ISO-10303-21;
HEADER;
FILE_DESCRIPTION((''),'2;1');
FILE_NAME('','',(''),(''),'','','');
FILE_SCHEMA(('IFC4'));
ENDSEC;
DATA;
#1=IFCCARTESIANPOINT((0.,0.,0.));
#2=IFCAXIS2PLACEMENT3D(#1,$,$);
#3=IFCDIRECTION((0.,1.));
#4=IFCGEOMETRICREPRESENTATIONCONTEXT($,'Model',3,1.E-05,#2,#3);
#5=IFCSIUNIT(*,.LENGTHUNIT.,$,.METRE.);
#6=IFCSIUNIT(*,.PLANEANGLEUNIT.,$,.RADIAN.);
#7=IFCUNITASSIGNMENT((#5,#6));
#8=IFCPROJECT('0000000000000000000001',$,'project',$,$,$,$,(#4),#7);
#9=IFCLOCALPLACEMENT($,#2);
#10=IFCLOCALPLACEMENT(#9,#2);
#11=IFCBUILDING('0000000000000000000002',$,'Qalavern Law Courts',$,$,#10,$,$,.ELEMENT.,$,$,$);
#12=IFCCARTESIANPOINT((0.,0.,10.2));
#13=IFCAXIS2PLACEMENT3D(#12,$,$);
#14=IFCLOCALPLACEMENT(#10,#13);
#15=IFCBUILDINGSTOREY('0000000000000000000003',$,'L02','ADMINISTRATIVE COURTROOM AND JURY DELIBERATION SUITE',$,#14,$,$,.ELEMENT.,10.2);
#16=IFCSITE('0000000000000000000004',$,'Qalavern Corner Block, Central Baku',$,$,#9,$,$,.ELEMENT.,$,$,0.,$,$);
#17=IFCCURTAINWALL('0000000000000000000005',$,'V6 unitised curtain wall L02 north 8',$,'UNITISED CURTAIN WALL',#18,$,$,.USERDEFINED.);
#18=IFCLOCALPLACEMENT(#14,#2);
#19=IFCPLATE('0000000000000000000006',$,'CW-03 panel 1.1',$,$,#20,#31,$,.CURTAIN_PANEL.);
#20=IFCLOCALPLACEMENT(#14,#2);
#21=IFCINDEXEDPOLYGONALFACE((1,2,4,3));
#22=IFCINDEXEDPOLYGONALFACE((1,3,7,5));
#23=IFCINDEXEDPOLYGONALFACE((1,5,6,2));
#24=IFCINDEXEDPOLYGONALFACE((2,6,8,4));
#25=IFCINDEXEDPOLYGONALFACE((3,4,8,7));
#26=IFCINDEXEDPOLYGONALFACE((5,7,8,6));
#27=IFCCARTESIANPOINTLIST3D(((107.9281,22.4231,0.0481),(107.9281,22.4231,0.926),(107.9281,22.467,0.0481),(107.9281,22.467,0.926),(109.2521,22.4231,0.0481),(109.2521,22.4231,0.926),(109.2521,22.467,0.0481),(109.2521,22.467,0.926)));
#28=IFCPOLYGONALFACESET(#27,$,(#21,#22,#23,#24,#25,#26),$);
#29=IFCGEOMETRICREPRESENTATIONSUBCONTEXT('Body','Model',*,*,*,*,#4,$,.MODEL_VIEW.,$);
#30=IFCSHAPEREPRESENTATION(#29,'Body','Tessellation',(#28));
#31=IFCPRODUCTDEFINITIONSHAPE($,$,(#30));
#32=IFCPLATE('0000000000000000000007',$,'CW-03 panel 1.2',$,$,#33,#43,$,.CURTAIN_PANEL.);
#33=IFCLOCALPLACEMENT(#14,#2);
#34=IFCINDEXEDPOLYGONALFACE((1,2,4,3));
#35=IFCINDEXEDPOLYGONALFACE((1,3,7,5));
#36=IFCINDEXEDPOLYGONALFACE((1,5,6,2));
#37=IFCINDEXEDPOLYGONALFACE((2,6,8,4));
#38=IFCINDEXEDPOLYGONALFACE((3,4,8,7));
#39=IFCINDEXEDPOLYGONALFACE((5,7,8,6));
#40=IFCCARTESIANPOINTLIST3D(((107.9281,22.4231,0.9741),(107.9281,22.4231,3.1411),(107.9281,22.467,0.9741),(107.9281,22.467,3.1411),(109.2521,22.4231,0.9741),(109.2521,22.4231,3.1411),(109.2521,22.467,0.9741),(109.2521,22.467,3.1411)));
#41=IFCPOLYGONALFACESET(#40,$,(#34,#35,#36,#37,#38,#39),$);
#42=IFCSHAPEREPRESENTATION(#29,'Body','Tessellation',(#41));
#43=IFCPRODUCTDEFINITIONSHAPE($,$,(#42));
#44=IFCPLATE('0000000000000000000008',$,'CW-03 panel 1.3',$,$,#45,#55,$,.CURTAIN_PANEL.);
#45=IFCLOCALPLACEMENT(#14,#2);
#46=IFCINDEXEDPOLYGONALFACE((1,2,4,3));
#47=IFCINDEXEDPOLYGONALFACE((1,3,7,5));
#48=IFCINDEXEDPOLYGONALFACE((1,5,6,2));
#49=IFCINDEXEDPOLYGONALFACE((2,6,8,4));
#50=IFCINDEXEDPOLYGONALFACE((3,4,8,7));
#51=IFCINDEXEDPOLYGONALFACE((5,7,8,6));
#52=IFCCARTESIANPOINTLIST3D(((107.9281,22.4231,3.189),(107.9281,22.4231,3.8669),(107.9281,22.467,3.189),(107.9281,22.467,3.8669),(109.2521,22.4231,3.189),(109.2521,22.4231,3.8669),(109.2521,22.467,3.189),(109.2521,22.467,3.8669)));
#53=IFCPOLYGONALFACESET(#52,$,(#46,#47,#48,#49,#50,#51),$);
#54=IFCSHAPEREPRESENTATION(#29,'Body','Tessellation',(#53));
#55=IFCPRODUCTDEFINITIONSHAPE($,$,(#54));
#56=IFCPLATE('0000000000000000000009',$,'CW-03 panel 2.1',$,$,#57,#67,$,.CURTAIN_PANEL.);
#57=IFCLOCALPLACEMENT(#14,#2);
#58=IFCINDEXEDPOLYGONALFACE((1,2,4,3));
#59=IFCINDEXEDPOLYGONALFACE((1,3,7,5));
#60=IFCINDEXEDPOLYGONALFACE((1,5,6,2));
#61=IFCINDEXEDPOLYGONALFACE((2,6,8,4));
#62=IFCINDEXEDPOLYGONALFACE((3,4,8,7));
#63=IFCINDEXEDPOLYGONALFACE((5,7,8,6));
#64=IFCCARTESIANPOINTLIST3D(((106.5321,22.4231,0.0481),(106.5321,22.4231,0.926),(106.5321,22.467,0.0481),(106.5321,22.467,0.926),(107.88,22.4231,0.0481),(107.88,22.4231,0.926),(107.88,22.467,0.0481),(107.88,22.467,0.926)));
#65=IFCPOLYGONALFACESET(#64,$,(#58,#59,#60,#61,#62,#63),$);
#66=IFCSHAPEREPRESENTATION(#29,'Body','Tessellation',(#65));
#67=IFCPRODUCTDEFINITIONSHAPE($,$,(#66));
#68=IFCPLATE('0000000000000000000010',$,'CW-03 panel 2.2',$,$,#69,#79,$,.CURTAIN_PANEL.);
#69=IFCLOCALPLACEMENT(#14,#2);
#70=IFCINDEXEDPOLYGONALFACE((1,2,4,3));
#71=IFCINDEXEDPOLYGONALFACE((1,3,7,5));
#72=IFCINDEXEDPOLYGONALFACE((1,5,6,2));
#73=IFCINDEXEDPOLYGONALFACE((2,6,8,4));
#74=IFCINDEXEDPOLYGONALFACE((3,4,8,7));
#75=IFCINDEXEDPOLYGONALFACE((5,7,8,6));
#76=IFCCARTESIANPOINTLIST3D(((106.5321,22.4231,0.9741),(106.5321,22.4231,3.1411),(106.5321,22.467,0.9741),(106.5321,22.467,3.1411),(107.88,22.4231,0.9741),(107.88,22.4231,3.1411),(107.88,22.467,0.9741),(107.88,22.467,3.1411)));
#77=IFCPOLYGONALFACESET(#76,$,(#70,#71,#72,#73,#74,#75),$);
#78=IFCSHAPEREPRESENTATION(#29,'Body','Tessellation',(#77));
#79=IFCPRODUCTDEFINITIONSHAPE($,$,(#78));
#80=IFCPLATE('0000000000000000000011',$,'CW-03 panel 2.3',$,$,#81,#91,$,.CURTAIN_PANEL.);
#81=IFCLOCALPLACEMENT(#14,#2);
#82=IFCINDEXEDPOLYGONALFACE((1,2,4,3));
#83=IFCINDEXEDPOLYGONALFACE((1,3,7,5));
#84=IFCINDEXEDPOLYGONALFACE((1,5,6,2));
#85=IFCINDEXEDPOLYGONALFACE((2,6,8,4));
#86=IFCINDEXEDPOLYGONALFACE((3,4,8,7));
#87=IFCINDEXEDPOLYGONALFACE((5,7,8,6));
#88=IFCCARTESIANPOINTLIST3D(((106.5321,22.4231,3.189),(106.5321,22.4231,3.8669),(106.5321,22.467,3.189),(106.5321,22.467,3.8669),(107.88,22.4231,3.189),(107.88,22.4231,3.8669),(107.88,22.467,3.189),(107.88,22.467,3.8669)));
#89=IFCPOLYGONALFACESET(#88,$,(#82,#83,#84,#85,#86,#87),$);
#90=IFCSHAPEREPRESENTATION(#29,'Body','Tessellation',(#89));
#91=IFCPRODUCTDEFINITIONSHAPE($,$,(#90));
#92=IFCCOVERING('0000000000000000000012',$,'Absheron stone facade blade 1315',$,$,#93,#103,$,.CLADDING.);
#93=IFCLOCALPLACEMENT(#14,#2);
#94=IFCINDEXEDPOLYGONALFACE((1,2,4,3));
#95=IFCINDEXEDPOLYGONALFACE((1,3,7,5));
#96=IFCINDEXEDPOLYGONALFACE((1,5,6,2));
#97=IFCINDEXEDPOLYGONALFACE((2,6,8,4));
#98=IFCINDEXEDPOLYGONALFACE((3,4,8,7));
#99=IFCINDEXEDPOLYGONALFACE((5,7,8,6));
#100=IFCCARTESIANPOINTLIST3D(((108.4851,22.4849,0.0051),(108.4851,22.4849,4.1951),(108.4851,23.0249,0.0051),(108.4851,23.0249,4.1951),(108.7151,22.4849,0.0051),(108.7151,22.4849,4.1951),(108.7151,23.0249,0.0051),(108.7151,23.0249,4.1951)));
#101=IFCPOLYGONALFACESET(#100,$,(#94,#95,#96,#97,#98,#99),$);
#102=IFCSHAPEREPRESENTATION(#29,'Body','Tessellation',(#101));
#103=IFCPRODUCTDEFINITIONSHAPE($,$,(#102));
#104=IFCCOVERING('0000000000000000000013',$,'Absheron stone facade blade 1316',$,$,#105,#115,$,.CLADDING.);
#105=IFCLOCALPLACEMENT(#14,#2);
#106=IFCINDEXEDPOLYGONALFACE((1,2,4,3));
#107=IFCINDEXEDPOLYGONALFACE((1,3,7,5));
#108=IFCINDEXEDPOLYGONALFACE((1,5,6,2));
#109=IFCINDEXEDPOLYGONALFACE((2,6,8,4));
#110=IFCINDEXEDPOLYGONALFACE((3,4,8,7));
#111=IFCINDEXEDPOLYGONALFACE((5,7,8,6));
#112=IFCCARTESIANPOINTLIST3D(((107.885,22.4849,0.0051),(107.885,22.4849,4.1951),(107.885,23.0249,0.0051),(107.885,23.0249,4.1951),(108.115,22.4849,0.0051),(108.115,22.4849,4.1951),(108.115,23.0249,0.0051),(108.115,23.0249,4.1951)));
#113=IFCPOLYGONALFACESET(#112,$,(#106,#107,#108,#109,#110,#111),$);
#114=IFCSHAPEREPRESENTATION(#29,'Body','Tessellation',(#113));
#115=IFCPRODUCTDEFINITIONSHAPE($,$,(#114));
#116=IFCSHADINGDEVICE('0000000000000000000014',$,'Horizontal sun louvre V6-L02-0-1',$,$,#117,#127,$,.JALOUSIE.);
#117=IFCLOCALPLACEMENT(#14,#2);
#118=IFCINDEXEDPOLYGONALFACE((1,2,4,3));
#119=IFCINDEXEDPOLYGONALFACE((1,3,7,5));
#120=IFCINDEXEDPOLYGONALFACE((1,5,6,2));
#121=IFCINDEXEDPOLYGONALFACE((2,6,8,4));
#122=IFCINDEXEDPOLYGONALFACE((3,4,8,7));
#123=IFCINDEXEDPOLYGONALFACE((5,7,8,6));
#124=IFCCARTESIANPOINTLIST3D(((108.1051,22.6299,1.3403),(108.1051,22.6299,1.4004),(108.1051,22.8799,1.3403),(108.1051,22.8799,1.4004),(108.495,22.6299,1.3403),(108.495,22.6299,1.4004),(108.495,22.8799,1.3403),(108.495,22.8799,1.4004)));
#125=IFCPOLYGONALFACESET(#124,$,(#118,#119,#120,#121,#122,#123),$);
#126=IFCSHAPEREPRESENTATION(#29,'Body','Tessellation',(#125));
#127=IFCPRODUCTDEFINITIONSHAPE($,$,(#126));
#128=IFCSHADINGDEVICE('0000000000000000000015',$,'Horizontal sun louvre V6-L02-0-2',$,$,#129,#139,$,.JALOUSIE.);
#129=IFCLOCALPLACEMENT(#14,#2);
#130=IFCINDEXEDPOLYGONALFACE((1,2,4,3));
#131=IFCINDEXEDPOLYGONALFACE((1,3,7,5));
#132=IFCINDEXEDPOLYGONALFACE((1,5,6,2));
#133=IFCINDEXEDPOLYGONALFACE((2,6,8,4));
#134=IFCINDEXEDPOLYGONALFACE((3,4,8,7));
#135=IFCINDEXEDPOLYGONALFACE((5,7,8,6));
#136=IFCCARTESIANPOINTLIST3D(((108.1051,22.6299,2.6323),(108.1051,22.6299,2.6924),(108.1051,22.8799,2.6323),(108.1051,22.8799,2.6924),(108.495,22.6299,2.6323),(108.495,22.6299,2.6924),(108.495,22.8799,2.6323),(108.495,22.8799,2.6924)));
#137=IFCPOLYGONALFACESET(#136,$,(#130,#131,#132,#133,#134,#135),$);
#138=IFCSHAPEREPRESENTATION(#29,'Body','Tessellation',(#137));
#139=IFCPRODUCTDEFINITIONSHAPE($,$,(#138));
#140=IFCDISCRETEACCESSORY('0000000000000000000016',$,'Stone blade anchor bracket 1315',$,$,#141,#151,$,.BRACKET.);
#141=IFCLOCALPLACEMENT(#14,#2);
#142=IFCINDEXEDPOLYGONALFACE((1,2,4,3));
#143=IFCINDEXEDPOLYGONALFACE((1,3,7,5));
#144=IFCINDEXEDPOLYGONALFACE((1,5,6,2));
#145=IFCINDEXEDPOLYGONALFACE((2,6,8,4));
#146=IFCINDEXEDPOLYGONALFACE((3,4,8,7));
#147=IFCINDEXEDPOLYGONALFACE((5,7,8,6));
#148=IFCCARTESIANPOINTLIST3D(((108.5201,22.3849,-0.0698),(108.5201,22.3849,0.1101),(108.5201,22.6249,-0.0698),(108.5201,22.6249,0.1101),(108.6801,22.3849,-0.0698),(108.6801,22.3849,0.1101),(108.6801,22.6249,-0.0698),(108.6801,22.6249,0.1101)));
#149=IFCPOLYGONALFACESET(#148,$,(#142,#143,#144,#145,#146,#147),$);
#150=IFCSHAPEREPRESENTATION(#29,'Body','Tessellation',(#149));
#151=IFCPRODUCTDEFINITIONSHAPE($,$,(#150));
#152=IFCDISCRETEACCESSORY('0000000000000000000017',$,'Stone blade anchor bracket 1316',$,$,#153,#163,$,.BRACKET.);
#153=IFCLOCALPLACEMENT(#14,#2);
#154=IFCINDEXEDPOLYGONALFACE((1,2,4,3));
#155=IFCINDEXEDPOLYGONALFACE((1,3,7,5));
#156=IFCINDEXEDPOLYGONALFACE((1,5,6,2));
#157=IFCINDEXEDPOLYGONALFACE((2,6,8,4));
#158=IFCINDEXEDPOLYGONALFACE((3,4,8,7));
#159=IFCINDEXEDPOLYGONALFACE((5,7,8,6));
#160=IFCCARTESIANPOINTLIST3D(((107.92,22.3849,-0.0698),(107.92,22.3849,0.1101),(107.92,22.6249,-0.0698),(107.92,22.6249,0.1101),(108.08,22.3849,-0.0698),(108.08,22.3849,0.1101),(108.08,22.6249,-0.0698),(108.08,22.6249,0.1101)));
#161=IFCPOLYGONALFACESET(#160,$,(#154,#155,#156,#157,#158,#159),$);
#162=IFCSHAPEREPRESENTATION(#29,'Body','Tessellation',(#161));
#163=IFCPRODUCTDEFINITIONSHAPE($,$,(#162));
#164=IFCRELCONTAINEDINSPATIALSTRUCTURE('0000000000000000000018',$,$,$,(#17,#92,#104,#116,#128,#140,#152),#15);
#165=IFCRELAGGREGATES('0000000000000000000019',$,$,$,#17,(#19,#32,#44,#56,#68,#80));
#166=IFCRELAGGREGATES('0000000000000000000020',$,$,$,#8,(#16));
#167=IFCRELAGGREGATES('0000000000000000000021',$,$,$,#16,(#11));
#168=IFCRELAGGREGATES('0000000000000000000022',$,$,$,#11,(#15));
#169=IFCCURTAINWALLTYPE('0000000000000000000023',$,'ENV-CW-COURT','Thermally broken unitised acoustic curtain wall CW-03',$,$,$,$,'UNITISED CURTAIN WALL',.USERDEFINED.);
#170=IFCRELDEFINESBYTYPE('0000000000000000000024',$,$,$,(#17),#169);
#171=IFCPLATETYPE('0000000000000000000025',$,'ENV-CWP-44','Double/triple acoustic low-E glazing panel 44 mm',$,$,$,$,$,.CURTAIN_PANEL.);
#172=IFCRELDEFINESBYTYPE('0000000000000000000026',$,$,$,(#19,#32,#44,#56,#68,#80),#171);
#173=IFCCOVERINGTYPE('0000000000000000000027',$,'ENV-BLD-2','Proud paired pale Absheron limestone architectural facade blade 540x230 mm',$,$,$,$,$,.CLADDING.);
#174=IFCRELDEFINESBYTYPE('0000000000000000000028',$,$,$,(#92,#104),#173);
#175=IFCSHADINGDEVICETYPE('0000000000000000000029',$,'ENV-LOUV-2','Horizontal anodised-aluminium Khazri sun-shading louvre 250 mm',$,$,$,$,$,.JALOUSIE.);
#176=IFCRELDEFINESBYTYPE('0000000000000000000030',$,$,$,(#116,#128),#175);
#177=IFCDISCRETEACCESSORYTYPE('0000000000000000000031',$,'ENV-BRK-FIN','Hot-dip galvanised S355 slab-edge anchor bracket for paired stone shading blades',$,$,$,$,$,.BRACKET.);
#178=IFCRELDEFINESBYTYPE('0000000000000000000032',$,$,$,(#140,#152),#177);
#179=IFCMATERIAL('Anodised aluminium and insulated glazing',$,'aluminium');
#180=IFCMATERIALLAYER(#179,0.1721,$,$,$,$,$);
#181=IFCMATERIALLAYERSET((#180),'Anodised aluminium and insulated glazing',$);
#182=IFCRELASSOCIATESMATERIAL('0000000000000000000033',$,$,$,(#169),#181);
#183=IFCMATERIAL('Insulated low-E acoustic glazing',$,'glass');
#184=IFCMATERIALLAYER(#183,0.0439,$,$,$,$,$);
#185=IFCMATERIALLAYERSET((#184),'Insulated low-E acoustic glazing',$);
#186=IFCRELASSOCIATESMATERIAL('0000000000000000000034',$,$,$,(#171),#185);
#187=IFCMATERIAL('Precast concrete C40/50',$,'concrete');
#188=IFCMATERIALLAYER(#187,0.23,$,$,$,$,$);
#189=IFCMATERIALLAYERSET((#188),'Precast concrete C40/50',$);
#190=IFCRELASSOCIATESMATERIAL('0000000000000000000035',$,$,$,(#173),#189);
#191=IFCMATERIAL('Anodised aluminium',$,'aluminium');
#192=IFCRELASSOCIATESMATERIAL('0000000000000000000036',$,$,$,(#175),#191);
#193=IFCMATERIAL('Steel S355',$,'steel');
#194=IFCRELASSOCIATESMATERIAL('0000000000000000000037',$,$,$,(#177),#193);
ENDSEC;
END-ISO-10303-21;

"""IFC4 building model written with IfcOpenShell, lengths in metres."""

from ifc_helpers import new_model, si_unit, direction, frame, origin, origin_2d, place, context, subcontext, project, spatial, rectangle, extrude, material, layer, layer_set, type_object, element, aggregate, save


model = new_model("IFC4")

# Units and contexts
model_context = context("Model", 3, precision=1e-05, world=origin(), true_north=direction((0.0, 1.0)))
body_context = subcontext(model_context, "Body", "Model", "MODEL_VIEW")
ifc_project = project(units=[si_unit("LENGTHUNIT", "METRE"), si_unit("PLANEANGLEUNIT", "RADIAN")], contexts=[model_context])

# Site, building, storey
site_placement = place(None, origin())
site = spatial("IfcSite", under=ifc_project, at=site_placement, Name="Qalavern Corner Block, Central Baku", CompositionType="ELEMENT", RefElevation=0.0)
building_placement = place(site_placement, origin())
building = spatial("IfcBuilding", under=site, at=building_placement, Name="Qalavern Law Courts", CompositionType="ELEMENT")
storey_placement = place(building_placement, frame((0.0, 0.0, 10.2)))
storey = spatial("IfcBuildingStorey", under=building, at=storey_placement, Name="L02", Description="ADMINISTRATIVE COURTROOM AND JURY DELIBERATION SUITE", CompositionType="ELEMENT", Elevation=10.2)

# Curtain wall, plates
ifc_material_1 = material(Name="Anodised aluminium and insulated glazing", Category="aluminium")
ifc_layer_1 = layer(ifc_material_1, 0.1721)
ifc_layer_set_1 = layer_set([ifc_layer_1], Name="Anodised aluminium and insulated glazing")
curtain_wall_type = type_object("IfcCurtainWallType", Name="ENV-CW-COURT", Description="Thermally broken unitised acoustic curtain wall CW-03", ElementType="UNITISED CURTAIN WALL", PredefinedType="USERDEFINED", material=ifc_layer_set_1)
curtain_wall_placement = place(storey_placement, origin())
curtain_wall = element("IfcCurtainWall", 1, at=curtain_wall_placement, inside=storey, type_object=curtain_wall_type, Name="V6 unitised curtain wall L02 north 8", ObjectType="UNITISED CURTAIN WALL", PredefinedType="USERDEFINED")
ifc_material_2 = material(Name="Anodised aluminium", Category="aluminium")
ifc_material_3 = material(Name="Insulated low-E acoustic glazing", Category="glass")
ifc_layer_2 = layer(ifc_material_3, 0.0439)
ifc_layer_set_2 = layer_set([ifc_layer_2], Name="Insulated low-E acoustic glazing")
plate_type = type_object("IfcPlateType", Name="ENV-CWP-44", Description="Double/triple acoustic low-E glazing panel 44 mm", PredefinedType="CURTAIN_PANEL", material=ifc_layer_set_2)
plate_1_placement = place(storey_placement, frame((108.5901, 22.4451, 0.0481), z_axis=(0.0, 0.0, 1.0), x_axis=(-1.0, 0.0, 0.0)))
plate_1 = element("IfcPlate", 2, at=plate_1_placement, type_object=plate_type, Name="CW-03 panel 1.1", PredefinedType="CURTAIN_PANEL", context=body_context, shape_type="SweptSolid", body=[
    extrude(rectangle(XDim=1.324, YDim=0.0439, at=origin_2d()), origin(), (0.0, 0.0, 1.0), 0.8779),
])
plate_2_placement = place(storey_placement, frame((108.5901, 22.4451, 0.9741), z_axis=(0.0, 0.0, 1.0), x_axis=(-1.0, 0.0, 0.0)))
plate_2 = element("IfcPlate", 3, at=plate_2_placement, type_object=plate_type, Name="CW-03 panel 1.2", PredefinedType="CURTAIN_PANEL", context=body_context, shape_type="SweptSolid", body=[
    extrude(rectangle(XDim=1.324, YDim=0.0439, at=origin_2d()), origin(), (0.0, 0.0, 1.0), 2.167),
])
plate_3_placement = place(storey_placement, frame((108.5901, 22.4451, 3.189), z_axis=(0.0, 0.0, 1.0), x_axis=(-1.0, 0.0, 0.0)))
plate_3 = element("IfcPlate", 4, at=plate_3_placement, type_object=plate_type, Name="CW-03 panel 1.3", PredefinedType="CURTAIN_PANEL", context=body_context, shape_type="SweptSolid", body=[
    extrude(rectangle(XDim=1.324, YDim=0.0439, at=origin_2d()), origin(), (0.0, 0.0, 1.0), 0.678),
])
plate_4_placement = place(storey_placement, frame((107.2061, 22.4451, 0.0481), z_axis=(0.0, 0.0, 1.0), x_axis=(-1.0, 0.0, 0.0)))
plate_4 = element("IfcPlate", 5, at=plate_4_placement, type_object=plate_type, Name="CW-03 panel 2.1", PredefinedType="CURTAIN_PANEL", context=body_context, shape_type="SweptSolid", body=[
    extrude(rectangle(XDim=1.3479, YDim=0.0439, at=origin_2d()), origin(), (0.0, 0.0, 1.0), 0.8779),
])
plate_5_placement = place(storey_placement, frame((107.2061, 22.4451, 0.9741), z_axis=(0.0, 0.0, 1.0), x_axis=(-1.0, 0.0, 0.0)))
plate_5 = element("IfcPlate", 6, at=plate_5_placement, type_object=plate_type, Name="CW-03 panel 2.2", PredefinedType="CURTAIN_PANEL", context=body_context, shape_type="SweptSolid", body=[
    extrude(rectangle(XDim=1.3479, YDim=0.0439, at=origin_2d()), origin(), (0.0, 0.0, 1.0), 2.167),
])
plate_6_placement = place(storey_placement, frame((107.2061, 22.4451, 3.189), z_axis=(0.0, 0.0, 1.0), x_axis=(-1.0, 0.0, 0.0)))
plate_6 = element("IfcPlate", 7, at=plate_6_placement, type_object=plate_type, Name="CW-03 panel 2.3", PredefinedType="CURTAIN_PANEL", context=body_context, shape_type="SweptSolid", body=[
    extrude(rectangle(XDim=1.3479, YDim=0.0439, at=origin_2d()), origin(), (0.0, 0.0, 1.0), 0.678),
])
aggregate(curtain_wall, [plate_1, plate_2, plate_3, plate_4, plate_5, plate_6])

# Coverings
ifc_material_4 = material(Name="Precast concrete C40/50", Category="concrete")
ifc_layer_3 = layer(ifc_material_4, 0.23)
ifc_layer_set_3 = layer_set([ifc_layer_3], Name="Precast concrete C40/50")
covering_type = type_object("IfcCoveringType", Name="ENV-BLD-2", Description="Proud paired pale Absheron limestone architectural facade blade 540x230 mm", PredefinedType="CLADDING", material=ifc_layer_set_3)
for number, where, z_axis, x_axis, name in (
    (8, (108.6001, 22.7549, 0.0051), (0.0, 0.0, 1.0), (0.0, 1.0, 0.0), "Absheron stone facade blade 1315"),
    (9, (108.0, 22.7549, 0.0051), (0.0, 0.0, 1.0), (0.0, 1.0, 0.0), "Absheron stone facade blade 1316"),
):
    element("IfcCovering", number, at=place(storey_placement, frame(where, z_axis=z_axis, x_axis=x_axis)), inside=storey, type_object=covering_type, Name=name, PredefinedType="CLADDING", context=body_context, shape_type="SweptSolid", body=[
        extrude(rectangle(XDim=0.54, YDim=0.23, at=origin_2d()), origin(), (0.0, 0.0, 1.0), 4.1899),
    ])

# Shading devices
shading_device_type = type_object("IfcShadingDeviceType", Name="ENV-LOUV-2", Description="Horizontal anodised-aluminium Khazri sun-shading louvre 250 mm", PredefinedType="JALOUSIE", material=ifc_material_2)
for number, where, z_axis, x_axis, name in (
    (10, (108.3, 22.7549, 1.3403), (0.0, 0.0, 1.0), (-1.0, 0.0, 0.0), "Horizontal sun louvre V6-L02-0-1"),
    (11, (108.3, 22.7549, 2.6323), (0.0, 0.0, 1.0), (-1.0, 0.0, 0.0), "Horizontal sun louvre V6-L02-0-2"),
):
    element("IfcShadingDevice", number, at=place(storey_placement, frame(where, z_axis=z_axis, x_axis=x_axis)), inside=storey, type_object=shading_device_type, Name=name, PredefinedType="JALOUSIE", context=body_context, shape_type="SweptSolid", body=[
        extrude(rectangle(XDim=0.3899, YDim=0.25, at=origin_2d()), origin(), (0.0, 0.0, 1.0), 0.0601),
    ])

# Discrete accessories
ifc_material_5 = material(Name="Steel S355", Category="steel")
discrete_accessory_type = type_object("IfcDiscreteAccessoryType", Name="ENV-BRK-FIN", Description="Hot-dip galvanised S355 slab-edge anchor bracket for paired stone shading blades", PredefinedType="BRACKET", material=ifc_material_5)
for number, where, z_axis, x_axis, name in (
    (12, (108.6001, 22.5049, -0.0698), (0.0, 0.0, 1.0), (0.0, 1.0, 0.0), "Stone blade anchor bracket 1315"),
    (13, (108.0, 22.5049, -0.0698), (0.0, 0.0, 1.0), (0.0, 1.0, 0.0), "Stone blade anchor bracket 1316"),
):
    element("IfcDiscreteAccessory", number, at=place(storey_placement, frame(where, z_axis=z_axis, x_axis=x_axis)), inside=storey, type_object=discrete_accessory_type, Name=name, PredefinedType="BRACKET", context=body_context, shape_type="SweptSolid", body=[
        extrude(rectangle(XDim=0.24, YDim=0.1599, at=origin_2d()), origin(), (0.0, 0.0, 1.0), 0.1799),
    ])

save(model, "model.ifc")
